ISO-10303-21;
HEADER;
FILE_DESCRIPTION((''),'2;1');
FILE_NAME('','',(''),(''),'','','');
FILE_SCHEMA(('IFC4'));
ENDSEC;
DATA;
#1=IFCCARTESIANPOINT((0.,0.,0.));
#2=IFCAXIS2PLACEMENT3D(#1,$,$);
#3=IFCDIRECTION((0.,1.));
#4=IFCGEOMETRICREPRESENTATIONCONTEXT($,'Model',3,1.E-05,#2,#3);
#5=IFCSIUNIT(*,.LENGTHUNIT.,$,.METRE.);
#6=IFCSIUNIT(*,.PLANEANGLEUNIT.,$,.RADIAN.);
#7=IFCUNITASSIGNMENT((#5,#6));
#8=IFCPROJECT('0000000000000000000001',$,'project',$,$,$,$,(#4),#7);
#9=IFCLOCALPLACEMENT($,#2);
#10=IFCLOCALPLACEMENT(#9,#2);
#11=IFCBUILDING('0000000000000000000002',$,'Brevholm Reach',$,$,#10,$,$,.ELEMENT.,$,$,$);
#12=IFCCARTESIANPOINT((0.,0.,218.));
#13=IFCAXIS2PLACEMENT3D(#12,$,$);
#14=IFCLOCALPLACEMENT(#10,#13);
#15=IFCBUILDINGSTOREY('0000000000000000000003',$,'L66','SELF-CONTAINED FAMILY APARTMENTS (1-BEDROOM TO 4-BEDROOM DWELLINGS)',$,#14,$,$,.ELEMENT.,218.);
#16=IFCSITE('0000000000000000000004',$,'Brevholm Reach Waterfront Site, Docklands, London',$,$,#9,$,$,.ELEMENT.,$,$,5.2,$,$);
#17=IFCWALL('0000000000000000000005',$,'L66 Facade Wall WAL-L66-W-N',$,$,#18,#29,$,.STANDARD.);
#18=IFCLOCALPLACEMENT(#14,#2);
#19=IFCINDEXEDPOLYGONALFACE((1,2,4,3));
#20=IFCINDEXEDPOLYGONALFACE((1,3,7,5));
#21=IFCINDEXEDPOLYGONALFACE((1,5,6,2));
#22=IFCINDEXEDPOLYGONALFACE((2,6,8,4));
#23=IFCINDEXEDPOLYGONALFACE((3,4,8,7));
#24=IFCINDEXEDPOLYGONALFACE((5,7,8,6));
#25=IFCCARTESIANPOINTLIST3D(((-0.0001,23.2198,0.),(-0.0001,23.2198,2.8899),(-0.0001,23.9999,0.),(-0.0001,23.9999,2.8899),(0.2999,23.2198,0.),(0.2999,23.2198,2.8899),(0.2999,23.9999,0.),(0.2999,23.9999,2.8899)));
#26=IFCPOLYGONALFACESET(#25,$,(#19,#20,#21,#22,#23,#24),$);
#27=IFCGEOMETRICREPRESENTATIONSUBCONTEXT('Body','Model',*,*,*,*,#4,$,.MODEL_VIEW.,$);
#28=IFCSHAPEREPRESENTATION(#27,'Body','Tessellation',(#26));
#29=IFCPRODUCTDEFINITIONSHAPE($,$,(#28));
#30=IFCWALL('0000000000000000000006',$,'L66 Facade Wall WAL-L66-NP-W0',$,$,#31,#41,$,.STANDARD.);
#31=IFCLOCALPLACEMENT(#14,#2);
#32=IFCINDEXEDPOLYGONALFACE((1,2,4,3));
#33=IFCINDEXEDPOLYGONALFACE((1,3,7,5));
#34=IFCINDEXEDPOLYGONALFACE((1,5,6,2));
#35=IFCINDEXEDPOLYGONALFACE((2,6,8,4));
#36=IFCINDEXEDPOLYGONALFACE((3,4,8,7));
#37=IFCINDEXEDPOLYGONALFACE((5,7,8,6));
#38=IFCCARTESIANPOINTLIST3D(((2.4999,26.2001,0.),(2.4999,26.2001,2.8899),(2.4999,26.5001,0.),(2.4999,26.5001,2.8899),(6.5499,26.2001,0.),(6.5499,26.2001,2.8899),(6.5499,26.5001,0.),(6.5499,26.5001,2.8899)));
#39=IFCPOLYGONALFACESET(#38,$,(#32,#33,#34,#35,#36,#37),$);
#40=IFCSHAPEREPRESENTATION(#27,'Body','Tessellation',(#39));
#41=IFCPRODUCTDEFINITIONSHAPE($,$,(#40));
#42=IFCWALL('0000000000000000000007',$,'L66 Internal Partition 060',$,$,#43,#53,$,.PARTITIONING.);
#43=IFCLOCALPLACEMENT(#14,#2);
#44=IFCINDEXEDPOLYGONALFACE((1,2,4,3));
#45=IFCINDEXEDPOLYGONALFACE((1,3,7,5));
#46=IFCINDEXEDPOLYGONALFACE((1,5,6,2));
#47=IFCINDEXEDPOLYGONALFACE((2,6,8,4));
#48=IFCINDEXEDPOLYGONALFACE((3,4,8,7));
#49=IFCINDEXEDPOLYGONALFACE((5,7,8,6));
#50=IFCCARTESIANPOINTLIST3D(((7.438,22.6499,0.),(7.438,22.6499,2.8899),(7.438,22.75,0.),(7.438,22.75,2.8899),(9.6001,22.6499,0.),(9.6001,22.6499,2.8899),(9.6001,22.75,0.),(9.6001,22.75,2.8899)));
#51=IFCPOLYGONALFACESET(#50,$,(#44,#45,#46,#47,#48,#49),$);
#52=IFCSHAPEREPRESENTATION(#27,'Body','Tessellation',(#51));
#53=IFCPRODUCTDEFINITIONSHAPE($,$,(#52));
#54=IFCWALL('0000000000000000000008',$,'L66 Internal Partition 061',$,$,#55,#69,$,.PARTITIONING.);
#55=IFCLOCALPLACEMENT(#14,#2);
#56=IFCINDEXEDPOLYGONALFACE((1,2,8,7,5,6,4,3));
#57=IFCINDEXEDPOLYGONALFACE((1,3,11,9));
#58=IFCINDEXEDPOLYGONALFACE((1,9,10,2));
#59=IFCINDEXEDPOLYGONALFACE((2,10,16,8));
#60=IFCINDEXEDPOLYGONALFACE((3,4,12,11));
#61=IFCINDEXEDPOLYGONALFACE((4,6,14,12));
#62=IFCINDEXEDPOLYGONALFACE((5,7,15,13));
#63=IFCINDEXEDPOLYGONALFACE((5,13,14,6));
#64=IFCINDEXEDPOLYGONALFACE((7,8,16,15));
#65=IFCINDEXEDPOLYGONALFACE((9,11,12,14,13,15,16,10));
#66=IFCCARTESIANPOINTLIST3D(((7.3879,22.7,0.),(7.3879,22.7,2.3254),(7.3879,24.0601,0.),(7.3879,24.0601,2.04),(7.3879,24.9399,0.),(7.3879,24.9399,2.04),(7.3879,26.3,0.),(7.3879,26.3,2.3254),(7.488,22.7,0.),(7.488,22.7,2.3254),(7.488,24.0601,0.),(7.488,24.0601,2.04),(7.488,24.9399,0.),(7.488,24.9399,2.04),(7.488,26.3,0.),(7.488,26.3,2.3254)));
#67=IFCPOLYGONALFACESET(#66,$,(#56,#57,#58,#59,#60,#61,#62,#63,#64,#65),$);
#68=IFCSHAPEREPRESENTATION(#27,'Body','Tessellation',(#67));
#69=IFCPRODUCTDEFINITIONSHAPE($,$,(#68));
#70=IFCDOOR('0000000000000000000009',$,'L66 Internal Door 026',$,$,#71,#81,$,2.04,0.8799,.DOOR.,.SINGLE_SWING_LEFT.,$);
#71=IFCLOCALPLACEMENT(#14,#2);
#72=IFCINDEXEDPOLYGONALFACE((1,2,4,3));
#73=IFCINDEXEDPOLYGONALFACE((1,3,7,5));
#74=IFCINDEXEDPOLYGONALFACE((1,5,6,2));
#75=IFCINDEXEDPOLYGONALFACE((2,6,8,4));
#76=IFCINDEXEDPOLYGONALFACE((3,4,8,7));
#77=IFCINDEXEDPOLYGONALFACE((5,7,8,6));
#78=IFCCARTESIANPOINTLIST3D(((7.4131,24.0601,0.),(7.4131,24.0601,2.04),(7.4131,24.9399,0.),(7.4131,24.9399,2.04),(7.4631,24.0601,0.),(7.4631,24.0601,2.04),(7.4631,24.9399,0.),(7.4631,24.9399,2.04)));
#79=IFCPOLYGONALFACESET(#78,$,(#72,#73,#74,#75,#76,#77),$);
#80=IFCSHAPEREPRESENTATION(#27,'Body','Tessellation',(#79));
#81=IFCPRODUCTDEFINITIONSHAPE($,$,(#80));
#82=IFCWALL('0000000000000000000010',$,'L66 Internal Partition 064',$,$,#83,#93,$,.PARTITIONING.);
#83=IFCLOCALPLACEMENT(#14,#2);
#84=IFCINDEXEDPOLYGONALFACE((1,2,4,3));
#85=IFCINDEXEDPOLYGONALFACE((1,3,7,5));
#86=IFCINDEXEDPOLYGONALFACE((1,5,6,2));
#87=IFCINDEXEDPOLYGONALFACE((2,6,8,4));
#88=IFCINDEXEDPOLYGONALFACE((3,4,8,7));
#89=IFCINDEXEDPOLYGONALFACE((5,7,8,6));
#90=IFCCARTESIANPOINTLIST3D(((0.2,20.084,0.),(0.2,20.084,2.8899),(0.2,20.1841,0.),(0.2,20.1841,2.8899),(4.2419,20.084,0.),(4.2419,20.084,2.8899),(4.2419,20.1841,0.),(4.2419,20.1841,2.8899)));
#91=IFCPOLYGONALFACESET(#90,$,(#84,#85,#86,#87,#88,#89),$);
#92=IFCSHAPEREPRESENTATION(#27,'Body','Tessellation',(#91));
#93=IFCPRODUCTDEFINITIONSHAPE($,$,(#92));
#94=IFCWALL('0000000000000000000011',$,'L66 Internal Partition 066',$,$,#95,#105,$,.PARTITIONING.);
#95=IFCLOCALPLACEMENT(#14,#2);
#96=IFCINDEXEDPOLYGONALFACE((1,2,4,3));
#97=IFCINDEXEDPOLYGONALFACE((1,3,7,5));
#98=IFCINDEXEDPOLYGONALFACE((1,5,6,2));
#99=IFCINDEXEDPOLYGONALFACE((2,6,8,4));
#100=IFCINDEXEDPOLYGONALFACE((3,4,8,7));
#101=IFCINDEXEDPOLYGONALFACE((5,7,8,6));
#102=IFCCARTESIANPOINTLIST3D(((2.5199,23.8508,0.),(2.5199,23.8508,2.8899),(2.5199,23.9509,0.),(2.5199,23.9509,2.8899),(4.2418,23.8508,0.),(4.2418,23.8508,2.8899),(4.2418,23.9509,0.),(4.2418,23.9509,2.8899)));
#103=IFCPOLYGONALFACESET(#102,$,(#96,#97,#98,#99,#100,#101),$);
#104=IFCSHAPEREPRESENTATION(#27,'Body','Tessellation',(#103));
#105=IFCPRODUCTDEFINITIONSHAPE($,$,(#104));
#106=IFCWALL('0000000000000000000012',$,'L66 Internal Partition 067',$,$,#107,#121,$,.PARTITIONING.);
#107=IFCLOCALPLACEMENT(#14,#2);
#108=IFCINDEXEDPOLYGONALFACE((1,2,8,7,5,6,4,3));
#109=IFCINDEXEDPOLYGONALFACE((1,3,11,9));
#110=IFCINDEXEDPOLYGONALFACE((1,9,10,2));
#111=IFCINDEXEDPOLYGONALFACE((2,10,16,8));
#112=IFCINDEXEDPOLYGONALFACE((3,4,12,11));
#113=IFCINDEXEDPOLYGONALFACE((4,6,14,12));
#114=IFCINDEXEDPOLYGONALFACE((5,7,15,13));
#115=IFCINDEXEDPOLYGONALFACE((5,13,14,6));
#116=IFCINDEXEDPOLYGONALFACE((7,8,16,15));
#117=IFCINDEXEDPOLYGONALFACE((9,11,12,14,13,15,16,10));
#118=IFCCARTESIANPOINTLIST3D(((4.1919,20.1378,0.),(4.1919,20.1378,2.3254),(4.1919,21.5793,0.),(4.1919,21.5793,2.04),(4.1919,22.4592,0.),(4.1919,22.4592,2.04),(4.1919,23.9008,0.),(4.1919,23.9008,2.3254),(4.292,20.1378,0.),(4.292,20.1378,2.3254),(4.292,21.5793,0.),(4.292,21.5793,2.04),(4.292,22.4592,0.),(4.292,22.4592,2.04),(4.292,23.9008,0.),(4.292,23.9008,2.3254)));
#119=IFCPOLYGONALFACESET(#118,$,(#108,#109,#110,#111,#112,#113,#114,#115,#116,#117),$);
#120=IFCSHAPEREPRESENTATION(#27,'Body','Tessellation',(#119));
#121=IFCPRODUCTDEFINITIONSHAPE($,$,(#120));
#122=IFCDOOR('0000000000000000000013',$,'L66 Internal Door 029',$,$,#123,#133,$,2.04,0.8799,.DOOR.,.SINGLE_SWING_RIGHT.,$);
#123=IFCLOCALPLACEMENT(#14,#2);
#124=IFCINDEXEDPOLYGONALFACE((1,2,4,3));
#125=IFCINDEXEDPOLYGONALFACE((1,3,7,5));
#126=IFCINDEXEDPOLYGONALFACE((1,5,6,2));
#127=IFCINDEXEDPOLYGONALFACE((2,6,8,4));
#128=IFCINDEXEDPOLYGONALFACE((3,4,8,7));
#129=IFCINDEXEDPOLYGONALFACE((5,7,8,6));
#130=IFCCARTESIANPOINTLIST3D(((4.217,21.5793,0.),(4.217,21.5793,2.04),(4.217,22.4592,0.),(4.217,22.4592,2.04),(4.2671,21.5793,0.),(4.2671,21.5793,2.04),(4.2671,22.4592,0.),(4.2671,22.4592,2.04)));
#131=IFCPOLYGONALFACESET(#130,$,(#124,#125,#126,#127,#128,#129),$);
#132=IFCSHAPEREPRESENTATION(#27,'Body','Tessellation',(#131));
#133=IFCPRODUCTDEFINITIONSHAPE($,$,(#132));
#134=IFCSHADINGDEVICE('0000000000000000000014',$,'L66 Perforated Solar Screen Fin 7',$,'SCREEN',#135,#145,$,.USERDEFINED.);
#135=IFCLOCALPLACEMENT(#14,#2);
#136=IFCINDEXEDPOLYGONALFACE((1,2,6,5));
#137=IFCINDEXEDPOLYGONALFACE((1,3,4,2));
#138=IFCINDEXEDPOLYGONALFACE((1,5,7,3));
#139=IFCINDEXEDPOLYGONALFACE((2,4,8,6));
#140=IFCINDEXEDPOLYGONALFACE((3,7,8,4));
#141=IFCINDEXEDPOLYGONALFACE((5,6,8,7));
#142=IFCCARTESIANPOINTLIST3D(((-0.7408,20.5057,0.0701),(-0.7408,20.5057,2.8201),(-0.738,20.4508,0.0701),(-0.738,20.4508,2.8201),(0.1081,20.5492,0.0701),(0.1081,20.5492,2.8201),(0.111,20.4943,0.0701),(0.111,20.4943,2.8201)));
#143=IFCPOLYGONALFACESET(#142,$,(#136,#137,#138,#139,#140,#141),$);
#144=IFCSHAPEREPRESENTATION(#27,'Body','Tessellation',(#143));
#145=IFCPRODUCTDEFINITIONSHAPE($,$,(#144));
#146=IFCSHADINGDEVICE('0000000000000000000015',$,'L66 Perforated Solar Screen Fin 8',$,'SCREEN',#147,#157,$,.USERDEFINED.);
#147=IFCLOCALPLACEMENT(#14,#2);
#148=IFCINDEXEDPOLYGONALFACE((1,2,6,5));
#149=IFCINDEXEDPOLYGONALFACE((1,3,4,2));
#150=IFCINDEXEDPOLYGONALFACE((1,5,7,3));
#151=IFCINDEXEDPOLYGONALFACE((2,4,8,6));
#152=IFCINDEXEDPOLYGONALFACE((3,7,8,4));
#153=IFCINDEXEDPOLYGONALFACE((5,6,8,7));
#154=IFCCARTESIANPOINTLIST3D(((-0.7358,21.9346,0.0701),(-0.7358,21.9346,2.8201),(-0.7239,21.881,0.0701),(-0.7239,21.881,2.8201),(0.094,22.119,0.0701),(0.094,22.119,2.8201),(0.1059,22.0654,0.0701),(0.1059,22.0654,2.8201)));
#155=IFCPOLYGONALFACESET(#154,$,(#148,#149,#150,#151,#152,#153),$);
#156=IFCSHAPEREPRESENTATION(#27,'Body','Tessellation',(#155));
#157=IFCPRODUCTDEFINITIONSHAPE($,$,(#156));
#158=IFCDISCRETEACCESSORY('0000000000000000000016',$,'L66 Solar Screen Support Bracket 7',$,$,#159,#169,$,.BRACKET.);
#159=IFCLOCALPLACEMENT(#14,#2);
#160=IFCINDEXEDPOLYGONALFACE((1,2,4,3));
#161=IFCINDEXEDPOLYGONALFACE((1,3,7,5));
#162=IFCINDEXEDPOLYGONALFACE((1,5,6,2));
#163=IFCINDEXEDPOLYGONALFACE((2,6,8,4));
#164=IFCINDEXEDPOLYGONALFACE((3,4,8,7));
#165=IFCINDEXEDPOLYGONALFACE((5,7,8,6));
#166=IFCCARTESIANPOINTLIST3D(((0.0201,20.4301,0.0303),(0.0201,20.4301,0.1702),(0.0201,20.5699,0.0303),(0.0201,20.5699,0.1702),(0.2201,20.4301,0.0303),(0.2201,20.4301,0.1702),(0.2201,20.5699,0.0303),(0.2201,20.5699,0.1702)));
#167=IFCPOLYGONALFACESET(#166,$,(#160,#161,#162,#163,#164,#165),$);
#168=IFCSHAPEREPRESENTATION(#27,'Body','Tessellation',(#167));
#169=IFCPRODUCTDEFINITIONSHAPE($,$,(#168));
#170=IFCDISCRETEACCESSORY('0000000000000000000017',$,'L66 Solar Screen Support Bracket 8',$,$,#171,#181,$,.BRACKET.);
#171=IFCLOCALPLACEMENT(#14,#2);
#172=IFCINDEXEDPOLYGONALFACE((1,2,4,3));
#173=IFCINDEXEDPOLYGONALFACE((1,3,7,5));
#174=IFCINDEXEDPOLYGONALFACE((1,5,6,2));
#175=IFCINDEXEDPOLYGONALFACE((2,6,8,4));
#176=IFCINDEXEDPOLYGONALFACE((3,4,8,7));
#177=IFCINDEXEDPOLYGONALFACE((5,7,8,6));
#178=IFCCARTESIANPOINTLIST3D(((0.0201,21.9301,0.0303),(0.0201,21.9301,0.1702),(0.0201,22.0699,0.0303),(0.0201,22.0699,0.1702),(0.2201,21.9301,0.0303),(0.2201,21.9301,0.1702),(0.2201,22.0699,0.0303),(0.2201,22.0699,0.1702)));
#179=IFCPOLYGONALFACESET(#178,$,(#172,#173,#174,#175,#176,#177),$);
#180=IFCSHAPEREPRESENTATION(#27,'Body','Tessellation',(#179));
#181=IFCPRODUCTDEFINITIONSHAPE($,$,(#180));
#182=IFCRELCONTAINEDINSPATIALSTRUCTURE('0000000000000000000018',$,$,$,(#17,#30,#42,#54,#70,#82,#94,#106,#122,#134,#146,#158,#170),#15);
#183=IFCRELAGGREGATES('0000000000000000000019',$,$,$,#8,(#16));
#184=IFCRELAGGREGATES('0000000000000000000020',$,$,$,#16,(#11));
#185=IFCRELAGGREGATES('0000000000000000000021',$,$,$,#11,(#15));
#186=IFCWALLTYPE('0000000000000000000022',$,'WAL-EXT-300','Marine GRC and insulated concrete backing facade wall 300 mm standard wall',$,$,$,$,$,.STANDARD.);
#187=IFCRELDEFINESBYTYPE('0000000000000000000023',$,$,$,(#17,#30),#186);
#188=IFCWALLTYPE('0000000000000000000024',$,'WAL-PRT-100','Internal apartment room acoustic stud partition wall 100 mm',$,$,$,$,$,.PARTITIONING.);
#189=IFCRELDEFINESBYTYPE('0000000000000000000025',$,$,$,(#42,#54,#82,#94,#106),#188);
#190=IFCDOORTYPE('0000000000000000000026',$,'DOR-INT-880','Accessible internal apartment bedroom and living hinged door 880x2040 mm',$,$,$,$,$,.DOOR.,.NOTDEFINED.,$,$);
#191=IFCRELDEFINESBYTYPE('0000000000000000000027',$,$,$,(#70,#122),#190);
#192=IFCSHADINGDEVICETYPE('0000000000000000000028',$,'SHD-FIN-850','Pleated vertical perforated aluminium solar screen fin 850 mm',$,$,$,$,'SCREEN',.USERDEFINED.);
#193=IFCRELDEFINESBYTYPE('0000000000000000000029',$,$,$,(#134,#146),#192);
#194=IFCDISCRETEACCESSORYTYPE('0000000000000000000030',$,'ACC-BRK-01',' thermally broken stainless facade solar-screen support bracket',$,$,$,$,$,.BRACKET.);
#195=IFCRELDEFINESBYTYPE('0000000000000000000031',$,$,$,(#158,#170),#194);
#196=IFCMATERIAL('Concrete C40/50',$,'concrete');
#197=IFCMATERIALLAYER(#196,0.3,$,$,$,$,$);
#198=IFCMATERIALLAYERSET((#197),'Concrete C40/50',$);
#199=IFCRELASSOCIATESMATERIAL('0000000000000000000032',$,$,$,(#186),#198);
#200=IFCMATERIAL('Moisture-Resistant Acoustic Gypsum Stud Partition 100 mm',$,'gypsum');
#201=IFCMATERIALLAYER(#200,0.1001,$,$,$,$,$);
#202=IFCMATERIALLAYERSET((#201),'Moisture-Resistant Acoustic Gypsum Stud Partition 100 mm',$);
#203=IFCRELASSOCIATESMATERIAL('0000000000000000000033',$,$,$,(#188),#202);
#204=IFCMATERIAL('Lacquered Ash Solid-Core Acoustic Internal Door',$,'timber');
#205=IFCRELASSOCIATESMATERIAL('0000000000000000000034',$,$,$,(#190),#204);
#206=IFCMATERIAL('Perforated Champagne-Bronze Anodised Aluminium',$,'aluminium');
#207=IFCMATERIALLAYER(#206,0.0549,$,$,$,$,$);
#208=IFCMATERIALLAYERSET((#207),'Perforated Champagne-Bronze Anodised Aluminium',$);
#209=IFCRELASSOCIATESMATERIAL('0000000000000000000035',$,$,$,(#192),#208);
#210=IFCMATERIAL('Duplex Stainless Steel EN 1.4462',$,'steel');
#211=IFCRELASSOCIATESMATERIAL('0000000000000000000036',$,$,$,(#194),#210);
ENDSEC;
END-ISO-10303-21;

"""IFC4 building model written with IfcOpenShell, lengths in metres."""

from ifc_helpers import new_model, si_unit, direction, frame, frame_2d, origin, origin_2d, place, context, subcontext, project, spatial, rectangle, extrude, material, layer, layer_set, type_object, element, fill, save


model = new_model("IFC4")

# Units and contexts
model_context = context("Model", 3, precision=1e-05, world=origin(), true_north=direction((0.0, 1.0)))
body_context = subcontext(model_context, "Body", "Model", "MODEL_VIEW")
ifc_project = project(units=[si_unit("LENGTHUNIT", "METRE"), si_unit("PLANEANGLEUNIT", "RADIAN")], contexts=[model_context])

# Site, building, storey
site_placement = place(None, origin())
site = spatial("IfcSite", under=ifc_project, at=site_placement, Name="Brevholm Reach Waterfront Site, Docklands, London", CompositionType="ELEMENT", RefElevation=5.2)
building_placement = place(site_placement, origin())
building = spatial("IfcBuilding", under=site, at=building_placement, Name="Brevholm Reach", CompositionType="ELEMENT")
storey_placement = place(building_placement, frame((0.0, 0.0, 218.0)))
storey = spatial("IfcBuildingStorey", under=building, at=storey_placement, Name="L66", Description="SELF-CONTAINED FAMILY APARTMENTS (1-BEDROOM TO 4-BEDROOM DWELLINGS)", CompositionType="ELEMENT", Elevation=218.0)

# Walls
ifc_material_1 = material(Name="Concrete C40/50", Category="concrete")
ifc_layer_1 = layer(ifc_material_1, 0.3)
ifc_layer_set_1 = layer_set([ifc_layer_1], Name="Concrete C40/50")
wall_type_1 = type_object("IfcWallType", Name="WAL-EXT-300", Description="Marine GRC and insulated concrete backing facade wall 300 mm standard wall", PredefinedType="STANDARD", material=ifc_layer_set_1)
wall_1_placement = place(storey_placement, frame((0.1499, 24.0, 0.0), z_axis=(0.0, 0.0, 1.0), x_axis=(0.0, -1.0, 0.0)))
element("IfcWall", 1, at=wall_1_placement, inside=storey, type_object=wall_type_1, Name="L66 Facade Wall WAL-L66-W-N", PredefinedType="STANDARD", context=body_context, shape_type="SweptSolid", body=[
    extrude(rectangle(XDim=0.78, YDim=0.3, at=frame_2d((0.3901, 0.0))), origin(), (0.0, 0.0, 1.0), 2.8899),
])
wall_2_placement = place(storey_placement, frame((2.5, 26.3501, 0.0), z_axis=(0.0, 0.0, 1.0), x_axis=(1.0, 0.0, 0.0)))
element("IfcWall", 2, at=wall_2_placement, inside=storey, type_object=wall_type_1, Name="L66 Facade Wall WAL-L66-NP-W0", PredefinedType="STANDARD", context=body_context, shape_type="SweptSolid", body=[
    extrude(rectangle(XDim=4.05, YDim=0.3, at=frame_2d((2.0249, 0.0))), origin(), (0.0, 0.0, 1.0), 2.8899),
])
ifc_material_2 = material(Name="Moisture-Resistant Acoustic Gypsum Stud Partition 100 mm", Category="gypsum")
ifc_layer_2 = layer(ifc_material_2, 0.1001)
ifc_layer_set_2 = layer_set([ifc_layer_2], Name="Moisture-Resistant Acoustic Gypsum Stud Partition 100 mm")
wall_type_2 = type_object("IfcWallType", Name="WAL-PRT-100", Description="Internal apartment room acoustic stud partition wall 100 mm", PredefinedType="PARTITIONING", material=ifc_layer_set_2)
wall_3_placement = place(storey_placement, frame((7.438, 22.7, 0.0), z_axis=(0.0, 0.0, 1.0), x_axis=(1.0, 0.0, 0.0)))
element("IfcWall", 3, at=wall_3_placement, inside=storey, type_object=wall_type_2, Name="L66 Internal Partition 060", PredefinedType="PARTITIONING", context=body_context, shape_type="SweptSolid", body=[
    extrude(rectangle(XDim=2.1621, YDim=0.1001, at=frame_2d((1.0811, 0.0))), origin(), (0.0, 0.0, 1.0), 2.8899),
])

# Wall, opening, door
wall_4_placement = place(storey_placement, frame((7.438, 22.7, 0.0), z_axis=(0.0, 0.0, 1.0), x_axis=(0.0, 1.0, 0.0)))
wall_4 = element("IfcWall", 4, at=wall_4_placement, inside=storey, type_object=wall_type_2, Name="L66 Internal Partition 061", PredefinedType="PARTITIONING", context=body_context, shape_type="SweptSolid", body=[
    extrude(rectangle(XDim=3.6001, YDim=0.1001, at=frame_2d((1.8, 0.0))), origin(), (0.0, 0.0, 1.0), 2.3254),
])
opening_1_placement = place(wall_4_placement, frame((1.3601, 0.0, 0.0)))
opening_1 = element("IfcOpeningElement", 5, at=opening_1_placement, cuts=wall_4, PredefinedType="OPENING", context=body_context, shape_type="SweptSolid", body=[
    extrude(rectangle(XDim=0.8799, YDim=2.04, at=frame_2d((0.4399, 1.02))), frame((0.0, 0.0601, 0.0), z_axis=(0.0, -1.0, 0.0), x_axis=(1.0, 0.0, 0.0)), (0.0, 0.0, 1.0), 0.1201),
])
ifc_material_3 = material(Name="Lacquered Ash Solid-Core Acoustic Internal Door", Category="timber")
door_type = type_object("IfcDoorType", Name="DOR-INT-880", Description="Accessible internal apartment bedroom and living hinged door 880x2040 mm", OperationType="NOTDEFINED", PredefinedType="DOOR", material=ifc_material_3)
door_1_placement = place(opening_1_placement, origin())
door_1 = element("IfcDoor", 6, at=door_1_placement, inside=storey, type_object=door_type, Name="L66 Internal Door 026", OperationType="SINGLE_SWING_LEFT", OverallHeight=2.04, OverallWidth=0.8799, PredefinedType="DOOR", context=body_context, shape_type="SweptSolid", body=[
    extrude(rectangle(XDim=0.8799, YDim=2.04, at=frame_2d((0.4399, 1.02))), frame((0.0, 0.0249, 0.0), z_axis=(0.0, -1.0, 0.0), x_axis=(1.0, 0.0, 0.0)), (0.0, 0.0, 1.0), 0.05),
])
fill(opening_1, door_1)

# Walls
wall_5_placement = place(storey_placement, frame((0.2, 20.134, 0.0), z_axis=(0.0, 0.0, 1.0), x_axis=(1.0, 0.0, 0.0)))
element("IfcWall", 7, at=wall_5_placement, inside=storey, type_object=wall_type_2, Name="L66 Internal Partition 064", PredefinedType="PARTITIONING", context=body_context, shape_type="SweptSolid", body=[
    extrude(rectangle(XDim=4.042, YDim=0.1001, at=frame_2d((2.021, 0.0))), origin(), (0.0, 0.0, 1.0), 2.8899),
])
wall_6_placement = place(storey_placement, frame((2.52, 23.9009, 0.0), z_axis=(0.0, 0.0, 1.0), x_axis=(1.0, 0.0, 0.0)))
element("IfcWall", 8, at=wall_6_placement, inside=storey, type_object=wall_type_2, Name="L66 Internal Partition 066", PredefinedType="PARTITIONING", context=body_context, shape_type="SweptSolid", body=[
    extrude(rectangle(XDim=1.7219, YDim=0.1001, at=frame_2d((0.8608, 0.0))), origin(), (0.0, 0.0, 1.0), 2.8899),
])

# Wall, opening, door
wall_7_placement = place(storey_placement, frame((4.2419, 20.1379, 0.0), z_axis=(0.0, 0.0, 1.0), x_axis=(0.0, 1.0, 0.0)))
wall_7 = element("IfcWall", 9, at=wall_7_placement, inside=storey, type_object=wall_type_2, Name="L66 Internal Partition 067", PredefinedType="PARTITIONING", context=body_context, shape_type="SweptSolid", body=[
    extrude(rectangle(XDim=3.7629, YDim=0.1001, at=frame_2d((1.8813, 0.0))), origin(), (0.0, 0.0, 1.0), 2.3254),
])
opening_2_placement = place(wall_7_placement, frame((1.4414, 0.0, 0.0)))
opening_2 = element("IfcOpeningElement", 10, at=opening_2_placement, cuts=wall_7, PredefinedType="OPENING", context=body_context, shape_type="SweptSolid", body=[
    extrude(rectangle(XDim=0.8799, YDim=2.04, at=frame_2d((0.4399, 1.02))), frame((0.0, 0.0601, 0.0), z_axis=(0.0, -1.0, 0.0), x_axis=(1.0, 0.0, 0.0)), (0.0, 0.0, 1.0), 0.1201),
])
door_2_placement = place(opening_2_placement, origin())
door_2 = element("IfcDoor", 11, at=door_2_placement, inside=storey, type_object=door_type, Name="L66 Internal Door 029", OperationType="SINGLE_SWING_RIGHT", OverallHeight=2.04, OverallWidth=0.8799, PredefinedType="DOOR", context=body_context, shape_type="SweptSolid", body=[
    extrude(rectangle(XDim=0.8799, YDim=2.04, at=frame_2d((0.4399, 1.02))), frame((0.0, 0.0249, 0.0), z_axis=(0.0, -1.0, 0.0), x_axis=(1.0, 0.0, 0.0)), (0.0, 0.0, 1.0), 0.05),
])
fill(opening_2, door_2)

# Shading devices
ifc_material_4 = material(Name="Perforated Champagne-Bronze Anodised Aluminium", Category="aluminium")
ifc_layer_3 = layer(ifc_material_4, 0.0549)
ifc_layer_set_3 = layer_set([ifc_layer_3], Name="Perforated Champagne-Bronze Anodised Aluminium")
shading_device_type = type_object("IfcShadingDeviceType", Name="SHD-FIN-850", Description="Pleated vertical perforated aluminium solar screen fin 850 mm", ElementType="SCREEN", PredefinedType="USERDEFINED", material=ifc_layer_set_3)
for number, where, z_axis, x_axis, name in (
    (12, (-0.3149, 20.5, 0.0701), (0.0, 0.0, 1.0), (-0.998687, -0.05122, 0.0), "L66 Perforated Solar Screen Fin 7"),
    (13, (-0.3149, 22.0, 0.0701), (0.0, 0.0, 1.0), (-0.976171, -0.217002, 0.0), "L66 Perforated Solar Screen Fin 8"),
):
    element("IfcShadingDevice", number, at=place(storey_placement, frame(where, z_axis=z_axis, x_axis=x_axis)), inside=storey, type_object=shading_device_type, Name=name, ObjectType="SCREEN", PredefinedType="USERDEFINED", context=body_context, shape_type="SweptSolid", body=[
        extrude(rectangle(XDim=0.8501, YDim=0.0549, at=origin_2d()), origin(), (0.0, 0.0, 1.0), 2.75),
    ])

# Discrete accessories
ifc_material_5 = material(Name="Duplex Stainless Steel EN 1.4462", Category="steel")
discrete_accessory_type = type_object("IfcDiscreteAccessoryType", Name="ACC-BRK-01", Description=" thermally broken stainless facade solar-screen support bracket", PredefinedType="BRACKET", material=ifc_material_5)
for number, where, z_axis, x_axis, name in (
    (14, (0.1201, 20.5, 0.0303), (0.0, 0.0, 1.0), (-1.0, 0.0, 0.0), "L66 Solar Screen Support Bracket 7"),
    (15, (0.1201, 22.0, 0.0303), (0.0, 0.0, 1.0), (-1.0, 0.0, 0.0), "L66 Solar Screen Support Bracket 8"),
):
    element("IfcDiscreteAccessory", number, at=place(storey_placement, frame(where, z_axis=z_axis, x_axis=x_axis)), inside=storey, type_object=discrete_accessory_type, Name=name, PredefinedType="BRACKET", context=body_context, shape_type="SweptSolid", body=[
        extrude(rectangle(XDim=0.2, YDim=0.1399, at=origin_2d()), origin(), (0.0, 0.0, 1.0), 0.1399),
    ])

save(model, "model.ifc")
